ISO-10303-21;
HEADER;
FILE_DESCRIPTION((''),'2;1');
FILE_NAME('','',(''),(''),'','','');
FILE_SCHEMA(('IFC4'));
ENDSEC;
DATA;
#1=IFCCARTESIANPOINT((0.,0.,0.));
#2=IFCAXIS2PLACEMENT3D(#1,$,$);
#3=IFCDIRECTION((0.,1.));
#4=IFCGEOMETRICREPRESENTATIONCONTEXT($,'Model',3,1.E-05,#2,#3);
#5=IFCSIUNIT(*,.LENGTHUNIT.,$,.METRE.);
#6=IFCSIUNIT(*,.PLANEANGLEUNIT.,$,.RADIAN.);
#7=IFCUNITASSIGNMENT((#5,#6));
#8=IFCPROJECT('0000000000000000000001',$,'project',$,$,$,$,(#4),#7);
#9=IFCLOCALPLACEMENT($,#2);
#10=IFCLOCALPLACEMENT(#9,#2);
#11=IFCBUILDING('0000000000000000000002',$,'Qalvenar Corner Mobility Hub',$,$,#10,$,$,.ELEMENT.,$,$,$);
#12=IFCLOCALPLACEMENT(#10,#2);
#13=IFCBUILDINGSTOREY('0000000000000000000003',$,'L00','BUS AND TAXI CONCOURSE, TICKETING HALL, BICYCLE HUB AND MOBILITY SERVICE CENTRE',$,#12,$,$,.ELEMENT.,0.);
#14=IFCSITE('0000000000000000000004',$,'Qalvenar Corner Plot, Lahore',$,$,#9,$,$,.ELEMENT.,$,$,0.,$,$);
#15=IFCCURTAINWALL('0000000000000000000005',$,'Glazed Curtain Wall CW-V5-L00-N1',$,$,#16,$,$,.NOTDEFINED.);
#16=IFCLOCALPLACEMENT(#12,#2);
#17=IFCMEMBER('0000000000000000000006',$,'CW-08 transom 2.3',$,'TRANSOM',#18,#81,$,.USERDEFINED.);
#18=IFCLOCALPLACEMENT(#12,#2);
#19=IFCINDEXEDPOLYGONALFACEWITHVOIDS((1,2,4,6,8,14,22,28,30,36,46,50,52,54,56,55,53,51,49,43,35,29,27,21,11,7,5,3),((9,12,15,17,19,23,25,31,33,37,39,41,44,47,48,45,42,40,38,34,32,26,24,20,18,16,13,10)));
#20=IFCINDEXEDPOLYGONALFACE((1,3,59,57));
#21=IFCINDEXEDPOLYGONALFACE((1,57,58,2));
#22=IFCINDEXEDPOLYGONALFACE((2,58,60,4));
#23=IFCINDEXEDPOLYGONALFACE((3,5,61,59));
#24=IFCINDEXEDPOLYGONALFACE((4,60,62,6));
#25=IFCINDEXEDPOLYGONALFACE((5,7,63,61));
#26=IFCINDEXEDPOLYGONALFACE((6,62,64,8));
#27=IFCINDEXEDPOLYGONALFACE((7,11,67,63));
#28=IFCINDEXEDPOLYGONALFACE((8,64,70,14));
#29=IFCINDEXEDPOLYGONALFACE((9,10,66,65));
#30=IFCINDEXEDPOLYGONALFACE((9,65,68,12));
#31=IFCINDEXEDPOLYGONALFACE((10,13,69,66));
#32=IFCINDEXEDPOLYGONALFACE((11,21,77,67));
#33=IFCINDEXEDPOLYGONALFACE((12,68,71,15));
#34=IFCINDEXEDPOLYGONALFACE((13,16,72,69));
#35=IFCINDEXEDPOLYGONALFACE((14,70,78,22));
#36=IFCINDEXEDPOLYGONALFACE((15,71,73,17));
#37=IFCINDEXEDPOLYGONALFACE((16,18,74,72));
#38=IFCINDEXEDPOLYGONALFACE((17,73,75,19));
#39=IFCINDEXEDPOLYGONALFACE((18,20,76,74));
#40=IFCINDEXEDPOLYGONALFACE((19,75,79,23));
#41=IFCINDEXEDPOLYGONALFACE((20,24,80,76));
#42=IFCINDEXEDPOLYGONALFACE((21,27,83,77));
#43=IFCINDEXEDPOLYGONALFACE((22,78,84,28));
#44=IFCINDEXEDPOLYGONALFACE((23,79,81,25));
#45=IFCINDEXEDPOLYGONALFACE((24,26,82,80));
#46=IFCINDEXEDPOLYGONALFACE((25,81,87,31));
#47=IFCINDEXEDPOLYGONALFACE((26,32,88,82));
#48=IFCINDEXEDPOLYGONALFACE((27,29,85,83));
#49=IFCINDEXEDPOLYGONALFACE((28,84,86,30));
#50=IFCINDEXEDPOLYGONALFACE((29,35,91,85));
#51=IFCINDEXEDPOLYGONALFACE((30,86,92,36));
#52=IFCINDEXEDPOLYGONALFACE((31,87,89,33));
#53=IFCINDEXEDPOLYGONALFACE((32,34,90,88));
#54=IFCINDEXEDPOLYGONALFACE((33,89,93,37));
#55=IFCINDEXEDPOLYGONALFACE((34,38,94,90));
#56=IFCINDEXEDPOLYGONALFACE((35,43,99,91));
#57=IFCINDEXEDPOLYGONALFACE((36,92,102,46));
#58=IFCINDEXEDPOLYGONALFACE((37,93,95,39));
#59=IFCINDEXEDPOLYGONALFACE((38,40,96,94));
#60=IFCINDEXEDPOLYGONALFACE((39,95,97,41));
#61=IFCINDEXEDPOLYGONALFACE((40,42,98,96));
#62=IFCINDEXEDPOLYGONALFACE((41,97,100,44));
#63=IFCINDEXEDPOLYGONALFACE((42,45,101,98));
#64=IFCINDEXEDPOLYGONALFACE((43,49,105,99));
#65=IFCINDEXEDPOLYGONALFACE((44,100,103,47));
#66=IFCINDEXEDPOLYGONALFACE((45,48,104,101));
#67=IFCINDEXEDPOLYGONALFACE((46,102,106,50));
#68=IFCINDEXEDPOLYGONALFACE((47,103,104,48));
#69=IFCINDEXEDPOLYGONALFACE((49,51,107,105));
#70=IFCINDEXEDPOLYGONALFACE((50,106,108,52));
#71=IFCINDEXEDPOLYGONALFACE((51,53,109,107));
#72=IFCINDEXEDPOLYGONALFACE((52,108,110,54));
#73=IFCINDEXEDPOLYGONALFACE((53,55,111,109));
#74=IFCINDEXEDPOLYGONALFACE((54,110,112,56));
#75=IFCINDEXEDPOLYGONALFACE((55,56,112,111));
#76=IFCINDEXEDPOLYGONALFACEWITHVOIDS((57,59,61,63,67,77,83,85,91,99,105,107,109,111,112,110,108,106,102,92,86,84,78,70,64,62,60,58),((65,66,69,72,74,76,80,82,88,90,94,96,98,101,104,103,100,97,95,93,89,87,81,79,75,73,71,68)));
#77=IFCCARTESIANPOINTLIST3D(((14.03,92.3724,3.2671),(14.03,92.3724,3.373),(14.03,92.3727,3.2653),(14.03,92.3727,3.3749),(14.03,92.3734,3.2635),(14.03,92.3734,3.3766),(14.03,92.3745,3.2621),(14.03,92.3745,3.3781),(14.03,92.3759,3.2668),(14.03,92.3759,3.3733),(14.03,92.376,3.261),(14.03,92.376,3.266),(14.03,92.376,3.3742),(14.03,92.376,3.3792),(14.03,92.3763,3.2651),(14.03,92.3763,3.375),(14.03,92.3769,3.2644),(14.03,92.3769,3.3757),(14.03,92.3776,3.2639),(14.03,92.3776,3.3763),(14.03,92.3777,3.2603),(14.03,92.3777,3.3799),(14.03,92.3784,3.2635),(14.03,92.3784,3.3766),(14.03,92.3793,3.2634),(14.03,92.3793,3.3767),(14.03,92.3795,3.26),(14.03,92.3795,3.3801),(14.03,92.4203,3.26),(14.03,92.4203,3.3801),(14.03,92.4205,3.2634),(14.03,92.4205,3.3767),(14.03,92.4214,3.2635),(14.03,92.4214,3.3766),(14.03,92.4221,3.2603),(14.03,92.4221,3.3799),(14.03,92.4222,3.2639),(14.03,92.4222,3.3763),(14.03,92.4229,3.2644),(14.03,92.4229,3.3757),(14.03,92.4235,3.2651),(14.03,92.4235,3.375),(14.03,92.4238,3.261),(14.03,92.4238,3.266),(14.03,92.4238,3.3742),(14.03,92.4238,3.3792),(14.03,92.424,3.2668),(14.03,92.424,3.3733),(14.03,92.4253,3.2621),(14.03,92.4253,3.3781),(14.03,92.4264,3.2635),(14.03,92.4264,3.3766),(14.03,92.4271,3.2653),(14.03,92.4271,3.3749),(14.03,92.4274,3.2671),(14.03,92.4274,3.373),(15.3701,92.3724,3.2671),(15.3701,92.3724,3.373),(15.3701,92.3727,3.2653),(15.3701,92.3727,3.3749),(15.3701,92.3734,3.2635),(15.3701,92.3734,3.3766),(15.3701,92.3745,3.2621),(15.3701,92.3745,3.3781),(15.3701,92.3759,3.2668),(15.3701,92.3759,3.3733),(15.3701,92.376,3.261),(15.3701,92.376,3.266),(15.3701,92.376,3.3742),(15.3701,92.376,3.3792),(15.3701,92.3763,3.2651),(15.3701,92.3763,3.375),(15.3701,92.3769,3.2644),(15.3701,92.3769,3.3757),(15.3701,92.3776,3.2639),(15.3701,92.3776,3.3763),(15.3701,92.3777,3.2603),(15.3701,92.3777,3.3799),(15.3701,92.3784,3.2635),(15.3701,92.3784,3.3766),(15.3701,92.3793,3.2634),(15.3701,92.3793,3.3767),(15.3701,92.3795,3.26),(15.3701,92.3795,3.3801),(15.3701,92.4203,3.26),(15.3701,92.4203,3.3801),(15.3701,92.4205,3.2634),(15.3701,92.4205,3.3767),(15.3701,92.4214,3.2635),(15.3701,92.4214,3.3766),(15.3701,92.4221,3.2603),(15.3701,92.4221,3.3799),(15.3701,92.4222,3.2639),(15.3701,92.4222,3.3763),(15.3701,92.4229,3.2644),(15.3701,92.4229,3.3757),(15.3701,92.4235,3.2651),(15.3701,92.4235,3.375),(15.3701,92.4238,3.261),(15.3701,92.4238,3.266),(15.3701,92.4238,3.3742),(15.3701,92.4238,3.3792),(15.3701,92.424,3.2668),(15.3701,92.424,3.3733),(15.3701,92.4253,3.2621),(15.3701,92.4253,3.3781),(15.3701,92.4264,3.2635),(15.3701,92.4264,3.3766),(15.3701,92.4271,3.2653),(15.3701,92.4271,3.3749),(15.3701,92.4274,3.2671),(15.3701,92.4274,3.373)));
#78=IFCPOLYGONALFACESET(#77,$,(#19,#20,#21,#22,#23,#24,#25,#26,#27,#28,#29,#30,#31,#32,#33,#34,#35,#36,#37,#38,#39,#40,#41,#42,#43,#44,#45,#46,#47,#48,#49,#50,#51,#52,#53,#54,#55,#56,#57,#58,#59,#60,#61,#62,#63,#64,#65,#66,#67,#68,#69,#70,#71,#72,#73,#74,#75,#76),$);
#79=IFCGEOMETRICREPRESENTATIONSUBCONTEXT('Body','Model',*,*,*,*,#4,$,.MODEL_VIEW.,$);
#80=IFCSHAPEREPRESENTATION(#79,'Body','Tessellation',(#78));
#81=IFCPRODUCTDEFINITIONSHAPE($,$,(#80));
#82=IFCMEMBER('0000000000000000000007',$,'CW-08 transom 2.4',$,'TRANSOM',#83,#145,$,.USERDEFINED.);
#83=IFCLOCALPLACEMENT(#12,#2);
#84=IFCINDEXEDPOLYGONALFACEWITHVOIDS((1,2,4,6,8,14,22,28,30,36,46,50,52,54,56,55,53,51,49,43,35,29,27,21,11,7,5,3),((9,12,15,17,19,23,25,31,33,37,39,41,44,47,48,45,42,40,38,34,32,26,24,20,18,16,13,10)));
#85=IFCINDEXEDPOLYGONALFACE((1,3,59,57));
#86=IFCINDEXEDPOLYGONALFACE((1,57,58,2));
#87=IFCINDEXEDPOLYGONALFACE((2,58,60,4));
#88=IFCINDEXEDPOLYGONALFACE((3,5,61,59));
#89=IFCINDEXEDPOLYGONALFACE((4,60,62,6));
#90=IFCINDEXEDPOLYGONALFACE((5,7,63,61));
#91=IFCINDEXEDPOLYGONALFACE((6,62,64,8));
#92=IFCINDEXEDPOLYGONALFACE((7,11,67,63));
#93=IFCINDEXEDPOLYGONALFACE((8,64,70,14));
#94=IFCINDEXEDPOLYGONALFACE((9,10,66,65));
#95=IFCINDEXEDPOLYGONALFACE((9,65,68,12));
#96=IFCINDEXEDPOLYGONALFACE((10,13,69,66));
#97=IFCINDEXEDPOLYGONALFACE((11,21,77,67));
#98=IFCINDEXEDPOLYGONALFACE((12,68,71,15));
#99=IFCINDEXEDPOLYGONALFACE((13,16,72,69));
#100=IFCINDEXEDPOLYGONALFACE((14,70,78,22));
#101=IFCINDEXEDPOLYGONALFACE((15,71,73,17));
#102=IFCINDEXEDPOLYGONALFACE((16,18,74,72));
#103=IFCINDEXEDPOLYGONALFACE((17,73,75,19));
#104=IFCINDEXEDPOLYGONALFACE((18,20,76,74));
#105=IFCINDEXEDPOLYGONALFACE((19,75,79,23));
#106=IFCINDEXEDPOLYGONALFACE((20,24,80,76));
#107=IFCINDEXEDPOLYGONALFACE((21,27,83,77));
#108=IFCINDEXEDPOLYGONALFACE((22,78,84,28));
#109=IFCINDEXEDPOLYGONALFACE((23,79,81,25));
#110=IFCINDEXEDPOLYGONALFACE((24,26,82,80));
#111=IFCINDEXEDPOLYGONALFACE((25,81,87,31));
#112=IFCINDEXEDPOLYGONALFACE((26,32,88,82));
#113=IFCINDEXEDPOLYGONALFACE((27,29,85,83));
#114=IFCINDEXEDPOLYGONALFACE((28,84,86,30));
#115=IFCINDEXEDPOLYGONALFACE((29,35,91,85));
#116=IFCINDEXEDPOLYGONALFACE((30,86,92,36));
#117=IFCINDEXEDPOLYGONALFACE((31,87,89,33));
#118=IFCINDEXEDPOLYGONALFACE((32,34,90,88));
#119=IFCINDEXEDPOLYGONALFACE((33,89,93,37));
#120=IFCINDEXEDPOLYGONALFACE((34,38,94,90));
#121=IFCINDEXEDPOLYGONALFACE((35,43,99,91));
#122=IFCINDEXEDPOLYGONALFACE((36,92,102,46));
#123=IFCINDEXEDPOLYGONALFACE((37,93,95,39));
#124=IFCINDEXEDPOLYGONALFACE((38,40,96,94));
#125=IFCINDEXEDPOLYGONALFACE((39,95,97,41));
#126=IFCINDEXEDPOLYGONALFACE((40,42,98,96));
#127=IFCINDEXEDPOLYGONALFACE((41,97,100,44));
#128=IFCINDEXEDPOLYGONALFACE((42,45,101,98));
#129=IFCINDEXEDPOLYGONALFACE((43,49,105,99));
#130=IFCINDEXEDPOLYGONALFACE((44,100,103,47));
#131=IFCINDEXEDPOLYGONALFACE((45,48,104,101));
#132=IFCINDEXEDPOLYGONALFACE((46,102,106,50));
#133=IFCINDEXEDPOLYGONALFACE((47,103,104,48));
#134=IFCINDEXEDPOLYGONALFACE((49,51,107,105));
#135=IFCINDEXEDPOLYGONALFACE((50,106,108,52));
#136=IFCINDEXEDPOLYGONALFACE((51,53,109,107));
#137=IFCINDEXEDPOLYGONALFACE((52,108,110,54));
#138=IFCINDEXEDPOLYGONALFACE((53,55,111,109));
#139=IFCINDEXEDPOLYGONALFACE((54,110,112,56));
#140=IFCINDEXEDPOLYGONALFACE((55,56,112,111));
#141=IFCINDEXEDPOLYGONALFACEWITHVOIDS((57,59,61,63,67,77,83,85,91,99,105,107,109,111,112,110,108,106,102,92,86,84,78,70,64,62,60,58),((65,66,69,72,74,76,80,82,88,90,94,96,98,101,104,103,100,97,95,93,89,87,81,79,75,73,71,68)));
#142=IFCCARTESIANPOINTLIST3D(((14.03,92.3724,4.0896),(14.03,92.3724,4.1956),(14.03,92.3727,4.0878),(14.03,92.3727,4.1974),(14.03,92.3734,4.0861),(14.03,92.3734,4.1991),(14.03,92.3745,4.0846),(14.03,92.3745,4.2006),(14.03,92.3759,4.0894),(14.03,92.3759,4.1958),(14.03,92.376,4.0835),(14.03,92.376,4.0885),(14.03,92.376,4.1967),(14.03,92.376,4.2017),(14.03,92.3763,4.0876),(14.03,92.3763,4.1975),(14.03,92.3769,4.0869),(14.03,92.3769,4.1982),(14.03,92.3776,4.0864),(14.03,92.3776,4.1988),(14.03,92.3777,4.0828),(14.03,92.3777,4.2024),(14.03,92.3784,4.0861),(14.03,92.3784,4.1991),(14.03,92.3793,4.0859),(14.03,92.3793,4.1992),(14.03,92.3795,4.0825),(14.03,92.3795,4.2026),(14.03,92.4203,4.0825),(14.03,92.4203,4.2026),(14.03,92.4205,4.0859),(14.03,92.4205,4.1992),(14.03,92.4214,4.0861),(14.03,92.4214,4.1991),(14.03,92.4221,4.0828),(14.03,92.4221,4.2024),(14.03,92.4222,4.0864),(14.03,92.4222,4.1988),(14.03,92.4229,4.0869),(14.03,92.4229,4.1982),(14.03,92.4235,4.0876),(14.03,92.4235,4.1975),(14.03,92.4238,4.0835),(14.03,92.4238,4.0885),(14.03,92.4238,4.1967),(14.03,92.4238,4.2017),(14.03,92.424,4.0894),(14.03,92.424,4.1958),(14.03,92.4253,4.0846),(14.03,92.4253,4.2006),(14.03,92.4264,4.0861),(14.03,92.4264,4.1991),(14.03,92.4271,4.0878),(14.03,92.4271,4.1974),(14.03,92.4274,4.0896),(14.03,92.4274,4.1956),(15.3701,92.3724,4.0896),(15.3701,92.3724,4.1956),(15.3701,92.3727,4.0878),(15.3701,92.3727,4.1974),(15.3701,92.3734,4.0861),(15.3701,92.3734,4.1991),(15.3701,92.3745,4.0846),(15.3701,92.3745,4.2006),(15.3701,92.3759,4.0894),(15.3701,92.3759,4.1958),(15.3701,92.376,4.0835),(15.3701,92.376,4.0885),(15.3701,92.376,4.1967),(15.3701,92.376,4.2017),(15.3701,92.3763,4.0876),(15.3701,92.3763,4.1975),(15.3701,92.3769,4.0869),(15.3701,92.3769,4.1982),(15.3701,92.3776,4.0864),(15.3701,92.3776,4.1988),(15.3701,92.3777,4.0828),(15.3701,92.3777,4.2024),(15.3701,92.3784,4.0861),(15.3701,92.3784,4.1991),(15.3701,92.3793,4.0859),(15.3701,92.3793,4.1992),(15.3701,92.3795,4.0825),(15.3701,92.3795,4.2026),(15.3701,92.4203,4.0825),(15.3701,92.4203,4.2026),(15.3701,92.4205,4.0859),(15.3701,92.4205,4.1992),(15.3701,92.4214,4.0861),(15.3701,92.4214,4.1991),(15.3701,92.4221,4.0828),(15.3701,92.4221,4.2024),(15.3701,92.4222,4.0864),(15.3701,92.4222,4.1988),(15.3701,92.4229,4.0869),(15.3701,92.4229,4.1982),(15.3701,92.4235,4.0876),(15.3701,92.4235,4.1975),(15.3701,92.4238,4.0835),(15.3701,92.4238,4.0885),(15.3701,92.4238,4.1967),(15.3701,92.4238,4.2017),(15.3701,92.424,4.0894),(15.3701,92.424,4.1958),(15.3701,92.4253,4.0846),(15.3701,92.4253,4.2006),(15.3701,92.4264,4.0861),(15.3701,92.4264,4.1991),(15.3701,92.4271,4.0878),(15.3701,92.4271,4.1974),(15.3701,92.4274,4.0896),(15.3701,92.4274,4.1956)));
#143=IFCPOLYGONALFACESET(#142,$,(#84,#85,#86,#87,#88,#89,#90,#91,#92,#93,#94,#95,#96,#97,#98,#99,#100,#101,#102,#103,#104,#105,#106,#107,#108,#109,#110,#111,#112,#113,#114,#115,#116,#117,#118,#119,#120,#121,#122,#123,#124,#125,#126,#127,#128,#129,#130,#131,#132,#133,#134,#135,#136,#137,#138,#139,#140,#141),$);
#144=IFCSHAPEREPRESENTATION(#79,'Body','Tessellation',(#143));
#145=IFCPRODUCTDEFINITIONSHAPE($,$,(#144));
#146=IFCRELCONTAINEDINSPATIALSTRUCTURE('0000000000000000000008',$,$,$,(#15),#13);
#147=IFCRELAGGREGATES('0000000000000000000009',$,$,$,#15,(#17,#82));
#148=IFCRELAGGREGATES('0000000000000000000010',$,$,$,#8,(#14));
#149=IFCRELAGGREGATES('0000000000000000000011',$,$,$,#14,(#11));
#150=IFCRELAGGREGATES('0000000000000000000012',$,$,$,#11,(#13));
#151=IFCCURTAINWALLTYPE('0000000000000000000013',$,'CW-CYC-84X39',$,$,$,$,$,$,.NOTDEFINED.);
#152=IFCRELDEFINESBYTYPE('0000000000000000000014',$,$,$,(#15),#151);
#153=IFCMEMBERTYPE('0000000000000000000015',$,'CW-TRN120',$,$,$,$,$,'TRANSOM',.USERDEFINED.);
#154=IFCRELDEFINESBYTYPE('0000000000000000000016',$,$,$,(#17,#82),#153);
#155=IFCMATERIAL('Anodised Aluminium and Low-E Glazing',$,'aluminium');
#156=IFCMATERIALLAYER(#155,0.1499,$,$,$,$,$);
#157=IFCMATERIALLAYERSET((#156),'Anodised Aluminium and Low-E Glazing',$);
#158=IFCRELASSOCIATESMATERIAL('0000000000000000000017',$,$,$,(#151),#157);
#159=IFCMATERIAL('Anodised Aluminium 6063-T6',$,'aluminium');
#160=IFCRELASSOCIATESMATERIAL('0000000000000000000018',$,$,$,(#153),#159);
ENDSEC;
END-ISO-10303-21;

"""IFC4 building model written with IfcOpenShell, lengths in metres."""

from ifc_helpers import new_model, si_unit, direction, frame, origin, origin_2d, place, context, subcontext, project, spatial, hollow_rectangle, extrude, material, layer, layer_set, material_profile, profile_set, type_object, element, aggregate, save


model = new_model("IFC4")

# Units and contexts
model_context = context("Model", 3, precision=1e-05, world=origin(), true_north=direction((0.0, 1.0)))
body_context = subcontext(model_context, "Body", "Model", "MODEL_VIEW")
ifc_project = project(units=[si_unit("LENGTHUNIT", "METRE"), si_unit("PLANEANGLEUNIT", "RADIAN")], contexts=[model_context])

# Site, building, storey
site_placement = place(None, origin())
site = spatial("IfcSite", under=ifc_project, at=site_placement, Name="Qalvenar Corner Plot, Lahore", CompositionType="ELEMENT", RefElevation=0.0)
building_placement = place(site_placement, origin())
building = spatial("IfcBuilding", under=site, at=building_placement, Name="Qalvenar Corner Mobility Hub", CompositionType="ELEMENT")
storey_placement = place(building_placement, origin())
storey = spatial("IfcBuildingStorey", under=building, at=storey_placement, Name="L00", Description="BUS AND TAXI CONCOURSE, TICKETING HALL, BICYCLE HUB AND MOBILITY SERVICE CENTRE", CompositionType="ELEMENT", Elevation=0.0)

# Curtain wall, members
ifc_material_1 = material(Name="Anodised Aluminium and Low-E Glazing", Category="aluminium")
ifc_layer_1 = layer(ifc_material_1, 0.1499)
ifc_layer_set_1 = layer_set([ifc_layer_1], Name="Anodised Aluminium and Low-E Glazing")
curtain_wall_type = type_object("IfcCurtainWallType", Name="CW-CYC-84X39", PredefinedType="NOTDEFINED", material=ifc_layer_set_1)
curtain_wall_placement = place(storey_placement, origin())
curtain_wall = element("IfcCurtainWall", 1, at=curtain_wall_placement, inside=storey, type_object=curtain_wall_type, Name="Glazed Curtain Wall CW-V5-L00-N1", PredefinedType="NOTDEFINED")
ifc_material_2 = material(Name="Anodised Aluminium 6063-T6", Category="aluminium")
ifc_material_profile_1 = material_profile(ifc_material_2, hollow_rectangle(XDim=0.0549, YDim=0.1201, WallThickness=0.0034, InnerFilletRadius=0.0034, OuterFilletRadius=0.0071, at=origin_2d()), Name="RHS120x55x3.5")
ifc_profile_set_1 = profile_set([ifc_material_profile_1], Name="Anodised Aluminium 6063-T6")
member_type_1 = type_object("IfcMemberType", Name="CW-TRN120", ElementType="TRANSOM", PredefinedType="USERDEFINED", material=ifc_profile_set_1)
member_1_placement = place(storey_placement, frame((15.3701, 92.3999, 3.3201), z_axis=(-1.0, 0.0, 0.0), x_axis=(0.0, -1.0, 0.0)))
member_1 = element("IfcMember", 2, at=member_1_placement, type_object=member_type_1, Name="CW-08 transom 2.3", ObjectType="TRANSOM", PredefinedType="USERDEFINED", context=body_context, shape_type="SweptSolid", body=[
    extrude(hollow_rectangle(XDim=0.0549, YDim=0.1201, WallThickness=0.0034, InnerFilletRadius=0.0034, OuterFilletRadius=0.0071, at=origin_2d()), origin(), (0.0, 0.0, 1.0), 1.3401),
])
member_2_placement = place(storey_placement, frame((15.3701, 92.3999, 4.1426), z_axis=(-1.0, 0.0, 0.0), x_axis=(0.0, -1.0, 0.0)))
member_2 = element("IfcMember", 3, at=member_2_placement, type_object=member_type_1, Name="CW-08 transom 2.4", ObjectType="TRANSOM", PredefinedType="USERDEFINED", context=body_context, shape_type="SweptSolid", body=[
    extrude(hollow_rectangle(XDim=0.0549, YDim=0.1201, WallThickness=0.0034, InnerFilletRadius=0.0034, OuterFilletRadius=0.0071, at=origin_2d()), origin(), (0.0, 0.0, 1.0), 1.3401),
])
aggregate(curtain_wall, [member_1, member_2])

save(model, "model.ifc")
